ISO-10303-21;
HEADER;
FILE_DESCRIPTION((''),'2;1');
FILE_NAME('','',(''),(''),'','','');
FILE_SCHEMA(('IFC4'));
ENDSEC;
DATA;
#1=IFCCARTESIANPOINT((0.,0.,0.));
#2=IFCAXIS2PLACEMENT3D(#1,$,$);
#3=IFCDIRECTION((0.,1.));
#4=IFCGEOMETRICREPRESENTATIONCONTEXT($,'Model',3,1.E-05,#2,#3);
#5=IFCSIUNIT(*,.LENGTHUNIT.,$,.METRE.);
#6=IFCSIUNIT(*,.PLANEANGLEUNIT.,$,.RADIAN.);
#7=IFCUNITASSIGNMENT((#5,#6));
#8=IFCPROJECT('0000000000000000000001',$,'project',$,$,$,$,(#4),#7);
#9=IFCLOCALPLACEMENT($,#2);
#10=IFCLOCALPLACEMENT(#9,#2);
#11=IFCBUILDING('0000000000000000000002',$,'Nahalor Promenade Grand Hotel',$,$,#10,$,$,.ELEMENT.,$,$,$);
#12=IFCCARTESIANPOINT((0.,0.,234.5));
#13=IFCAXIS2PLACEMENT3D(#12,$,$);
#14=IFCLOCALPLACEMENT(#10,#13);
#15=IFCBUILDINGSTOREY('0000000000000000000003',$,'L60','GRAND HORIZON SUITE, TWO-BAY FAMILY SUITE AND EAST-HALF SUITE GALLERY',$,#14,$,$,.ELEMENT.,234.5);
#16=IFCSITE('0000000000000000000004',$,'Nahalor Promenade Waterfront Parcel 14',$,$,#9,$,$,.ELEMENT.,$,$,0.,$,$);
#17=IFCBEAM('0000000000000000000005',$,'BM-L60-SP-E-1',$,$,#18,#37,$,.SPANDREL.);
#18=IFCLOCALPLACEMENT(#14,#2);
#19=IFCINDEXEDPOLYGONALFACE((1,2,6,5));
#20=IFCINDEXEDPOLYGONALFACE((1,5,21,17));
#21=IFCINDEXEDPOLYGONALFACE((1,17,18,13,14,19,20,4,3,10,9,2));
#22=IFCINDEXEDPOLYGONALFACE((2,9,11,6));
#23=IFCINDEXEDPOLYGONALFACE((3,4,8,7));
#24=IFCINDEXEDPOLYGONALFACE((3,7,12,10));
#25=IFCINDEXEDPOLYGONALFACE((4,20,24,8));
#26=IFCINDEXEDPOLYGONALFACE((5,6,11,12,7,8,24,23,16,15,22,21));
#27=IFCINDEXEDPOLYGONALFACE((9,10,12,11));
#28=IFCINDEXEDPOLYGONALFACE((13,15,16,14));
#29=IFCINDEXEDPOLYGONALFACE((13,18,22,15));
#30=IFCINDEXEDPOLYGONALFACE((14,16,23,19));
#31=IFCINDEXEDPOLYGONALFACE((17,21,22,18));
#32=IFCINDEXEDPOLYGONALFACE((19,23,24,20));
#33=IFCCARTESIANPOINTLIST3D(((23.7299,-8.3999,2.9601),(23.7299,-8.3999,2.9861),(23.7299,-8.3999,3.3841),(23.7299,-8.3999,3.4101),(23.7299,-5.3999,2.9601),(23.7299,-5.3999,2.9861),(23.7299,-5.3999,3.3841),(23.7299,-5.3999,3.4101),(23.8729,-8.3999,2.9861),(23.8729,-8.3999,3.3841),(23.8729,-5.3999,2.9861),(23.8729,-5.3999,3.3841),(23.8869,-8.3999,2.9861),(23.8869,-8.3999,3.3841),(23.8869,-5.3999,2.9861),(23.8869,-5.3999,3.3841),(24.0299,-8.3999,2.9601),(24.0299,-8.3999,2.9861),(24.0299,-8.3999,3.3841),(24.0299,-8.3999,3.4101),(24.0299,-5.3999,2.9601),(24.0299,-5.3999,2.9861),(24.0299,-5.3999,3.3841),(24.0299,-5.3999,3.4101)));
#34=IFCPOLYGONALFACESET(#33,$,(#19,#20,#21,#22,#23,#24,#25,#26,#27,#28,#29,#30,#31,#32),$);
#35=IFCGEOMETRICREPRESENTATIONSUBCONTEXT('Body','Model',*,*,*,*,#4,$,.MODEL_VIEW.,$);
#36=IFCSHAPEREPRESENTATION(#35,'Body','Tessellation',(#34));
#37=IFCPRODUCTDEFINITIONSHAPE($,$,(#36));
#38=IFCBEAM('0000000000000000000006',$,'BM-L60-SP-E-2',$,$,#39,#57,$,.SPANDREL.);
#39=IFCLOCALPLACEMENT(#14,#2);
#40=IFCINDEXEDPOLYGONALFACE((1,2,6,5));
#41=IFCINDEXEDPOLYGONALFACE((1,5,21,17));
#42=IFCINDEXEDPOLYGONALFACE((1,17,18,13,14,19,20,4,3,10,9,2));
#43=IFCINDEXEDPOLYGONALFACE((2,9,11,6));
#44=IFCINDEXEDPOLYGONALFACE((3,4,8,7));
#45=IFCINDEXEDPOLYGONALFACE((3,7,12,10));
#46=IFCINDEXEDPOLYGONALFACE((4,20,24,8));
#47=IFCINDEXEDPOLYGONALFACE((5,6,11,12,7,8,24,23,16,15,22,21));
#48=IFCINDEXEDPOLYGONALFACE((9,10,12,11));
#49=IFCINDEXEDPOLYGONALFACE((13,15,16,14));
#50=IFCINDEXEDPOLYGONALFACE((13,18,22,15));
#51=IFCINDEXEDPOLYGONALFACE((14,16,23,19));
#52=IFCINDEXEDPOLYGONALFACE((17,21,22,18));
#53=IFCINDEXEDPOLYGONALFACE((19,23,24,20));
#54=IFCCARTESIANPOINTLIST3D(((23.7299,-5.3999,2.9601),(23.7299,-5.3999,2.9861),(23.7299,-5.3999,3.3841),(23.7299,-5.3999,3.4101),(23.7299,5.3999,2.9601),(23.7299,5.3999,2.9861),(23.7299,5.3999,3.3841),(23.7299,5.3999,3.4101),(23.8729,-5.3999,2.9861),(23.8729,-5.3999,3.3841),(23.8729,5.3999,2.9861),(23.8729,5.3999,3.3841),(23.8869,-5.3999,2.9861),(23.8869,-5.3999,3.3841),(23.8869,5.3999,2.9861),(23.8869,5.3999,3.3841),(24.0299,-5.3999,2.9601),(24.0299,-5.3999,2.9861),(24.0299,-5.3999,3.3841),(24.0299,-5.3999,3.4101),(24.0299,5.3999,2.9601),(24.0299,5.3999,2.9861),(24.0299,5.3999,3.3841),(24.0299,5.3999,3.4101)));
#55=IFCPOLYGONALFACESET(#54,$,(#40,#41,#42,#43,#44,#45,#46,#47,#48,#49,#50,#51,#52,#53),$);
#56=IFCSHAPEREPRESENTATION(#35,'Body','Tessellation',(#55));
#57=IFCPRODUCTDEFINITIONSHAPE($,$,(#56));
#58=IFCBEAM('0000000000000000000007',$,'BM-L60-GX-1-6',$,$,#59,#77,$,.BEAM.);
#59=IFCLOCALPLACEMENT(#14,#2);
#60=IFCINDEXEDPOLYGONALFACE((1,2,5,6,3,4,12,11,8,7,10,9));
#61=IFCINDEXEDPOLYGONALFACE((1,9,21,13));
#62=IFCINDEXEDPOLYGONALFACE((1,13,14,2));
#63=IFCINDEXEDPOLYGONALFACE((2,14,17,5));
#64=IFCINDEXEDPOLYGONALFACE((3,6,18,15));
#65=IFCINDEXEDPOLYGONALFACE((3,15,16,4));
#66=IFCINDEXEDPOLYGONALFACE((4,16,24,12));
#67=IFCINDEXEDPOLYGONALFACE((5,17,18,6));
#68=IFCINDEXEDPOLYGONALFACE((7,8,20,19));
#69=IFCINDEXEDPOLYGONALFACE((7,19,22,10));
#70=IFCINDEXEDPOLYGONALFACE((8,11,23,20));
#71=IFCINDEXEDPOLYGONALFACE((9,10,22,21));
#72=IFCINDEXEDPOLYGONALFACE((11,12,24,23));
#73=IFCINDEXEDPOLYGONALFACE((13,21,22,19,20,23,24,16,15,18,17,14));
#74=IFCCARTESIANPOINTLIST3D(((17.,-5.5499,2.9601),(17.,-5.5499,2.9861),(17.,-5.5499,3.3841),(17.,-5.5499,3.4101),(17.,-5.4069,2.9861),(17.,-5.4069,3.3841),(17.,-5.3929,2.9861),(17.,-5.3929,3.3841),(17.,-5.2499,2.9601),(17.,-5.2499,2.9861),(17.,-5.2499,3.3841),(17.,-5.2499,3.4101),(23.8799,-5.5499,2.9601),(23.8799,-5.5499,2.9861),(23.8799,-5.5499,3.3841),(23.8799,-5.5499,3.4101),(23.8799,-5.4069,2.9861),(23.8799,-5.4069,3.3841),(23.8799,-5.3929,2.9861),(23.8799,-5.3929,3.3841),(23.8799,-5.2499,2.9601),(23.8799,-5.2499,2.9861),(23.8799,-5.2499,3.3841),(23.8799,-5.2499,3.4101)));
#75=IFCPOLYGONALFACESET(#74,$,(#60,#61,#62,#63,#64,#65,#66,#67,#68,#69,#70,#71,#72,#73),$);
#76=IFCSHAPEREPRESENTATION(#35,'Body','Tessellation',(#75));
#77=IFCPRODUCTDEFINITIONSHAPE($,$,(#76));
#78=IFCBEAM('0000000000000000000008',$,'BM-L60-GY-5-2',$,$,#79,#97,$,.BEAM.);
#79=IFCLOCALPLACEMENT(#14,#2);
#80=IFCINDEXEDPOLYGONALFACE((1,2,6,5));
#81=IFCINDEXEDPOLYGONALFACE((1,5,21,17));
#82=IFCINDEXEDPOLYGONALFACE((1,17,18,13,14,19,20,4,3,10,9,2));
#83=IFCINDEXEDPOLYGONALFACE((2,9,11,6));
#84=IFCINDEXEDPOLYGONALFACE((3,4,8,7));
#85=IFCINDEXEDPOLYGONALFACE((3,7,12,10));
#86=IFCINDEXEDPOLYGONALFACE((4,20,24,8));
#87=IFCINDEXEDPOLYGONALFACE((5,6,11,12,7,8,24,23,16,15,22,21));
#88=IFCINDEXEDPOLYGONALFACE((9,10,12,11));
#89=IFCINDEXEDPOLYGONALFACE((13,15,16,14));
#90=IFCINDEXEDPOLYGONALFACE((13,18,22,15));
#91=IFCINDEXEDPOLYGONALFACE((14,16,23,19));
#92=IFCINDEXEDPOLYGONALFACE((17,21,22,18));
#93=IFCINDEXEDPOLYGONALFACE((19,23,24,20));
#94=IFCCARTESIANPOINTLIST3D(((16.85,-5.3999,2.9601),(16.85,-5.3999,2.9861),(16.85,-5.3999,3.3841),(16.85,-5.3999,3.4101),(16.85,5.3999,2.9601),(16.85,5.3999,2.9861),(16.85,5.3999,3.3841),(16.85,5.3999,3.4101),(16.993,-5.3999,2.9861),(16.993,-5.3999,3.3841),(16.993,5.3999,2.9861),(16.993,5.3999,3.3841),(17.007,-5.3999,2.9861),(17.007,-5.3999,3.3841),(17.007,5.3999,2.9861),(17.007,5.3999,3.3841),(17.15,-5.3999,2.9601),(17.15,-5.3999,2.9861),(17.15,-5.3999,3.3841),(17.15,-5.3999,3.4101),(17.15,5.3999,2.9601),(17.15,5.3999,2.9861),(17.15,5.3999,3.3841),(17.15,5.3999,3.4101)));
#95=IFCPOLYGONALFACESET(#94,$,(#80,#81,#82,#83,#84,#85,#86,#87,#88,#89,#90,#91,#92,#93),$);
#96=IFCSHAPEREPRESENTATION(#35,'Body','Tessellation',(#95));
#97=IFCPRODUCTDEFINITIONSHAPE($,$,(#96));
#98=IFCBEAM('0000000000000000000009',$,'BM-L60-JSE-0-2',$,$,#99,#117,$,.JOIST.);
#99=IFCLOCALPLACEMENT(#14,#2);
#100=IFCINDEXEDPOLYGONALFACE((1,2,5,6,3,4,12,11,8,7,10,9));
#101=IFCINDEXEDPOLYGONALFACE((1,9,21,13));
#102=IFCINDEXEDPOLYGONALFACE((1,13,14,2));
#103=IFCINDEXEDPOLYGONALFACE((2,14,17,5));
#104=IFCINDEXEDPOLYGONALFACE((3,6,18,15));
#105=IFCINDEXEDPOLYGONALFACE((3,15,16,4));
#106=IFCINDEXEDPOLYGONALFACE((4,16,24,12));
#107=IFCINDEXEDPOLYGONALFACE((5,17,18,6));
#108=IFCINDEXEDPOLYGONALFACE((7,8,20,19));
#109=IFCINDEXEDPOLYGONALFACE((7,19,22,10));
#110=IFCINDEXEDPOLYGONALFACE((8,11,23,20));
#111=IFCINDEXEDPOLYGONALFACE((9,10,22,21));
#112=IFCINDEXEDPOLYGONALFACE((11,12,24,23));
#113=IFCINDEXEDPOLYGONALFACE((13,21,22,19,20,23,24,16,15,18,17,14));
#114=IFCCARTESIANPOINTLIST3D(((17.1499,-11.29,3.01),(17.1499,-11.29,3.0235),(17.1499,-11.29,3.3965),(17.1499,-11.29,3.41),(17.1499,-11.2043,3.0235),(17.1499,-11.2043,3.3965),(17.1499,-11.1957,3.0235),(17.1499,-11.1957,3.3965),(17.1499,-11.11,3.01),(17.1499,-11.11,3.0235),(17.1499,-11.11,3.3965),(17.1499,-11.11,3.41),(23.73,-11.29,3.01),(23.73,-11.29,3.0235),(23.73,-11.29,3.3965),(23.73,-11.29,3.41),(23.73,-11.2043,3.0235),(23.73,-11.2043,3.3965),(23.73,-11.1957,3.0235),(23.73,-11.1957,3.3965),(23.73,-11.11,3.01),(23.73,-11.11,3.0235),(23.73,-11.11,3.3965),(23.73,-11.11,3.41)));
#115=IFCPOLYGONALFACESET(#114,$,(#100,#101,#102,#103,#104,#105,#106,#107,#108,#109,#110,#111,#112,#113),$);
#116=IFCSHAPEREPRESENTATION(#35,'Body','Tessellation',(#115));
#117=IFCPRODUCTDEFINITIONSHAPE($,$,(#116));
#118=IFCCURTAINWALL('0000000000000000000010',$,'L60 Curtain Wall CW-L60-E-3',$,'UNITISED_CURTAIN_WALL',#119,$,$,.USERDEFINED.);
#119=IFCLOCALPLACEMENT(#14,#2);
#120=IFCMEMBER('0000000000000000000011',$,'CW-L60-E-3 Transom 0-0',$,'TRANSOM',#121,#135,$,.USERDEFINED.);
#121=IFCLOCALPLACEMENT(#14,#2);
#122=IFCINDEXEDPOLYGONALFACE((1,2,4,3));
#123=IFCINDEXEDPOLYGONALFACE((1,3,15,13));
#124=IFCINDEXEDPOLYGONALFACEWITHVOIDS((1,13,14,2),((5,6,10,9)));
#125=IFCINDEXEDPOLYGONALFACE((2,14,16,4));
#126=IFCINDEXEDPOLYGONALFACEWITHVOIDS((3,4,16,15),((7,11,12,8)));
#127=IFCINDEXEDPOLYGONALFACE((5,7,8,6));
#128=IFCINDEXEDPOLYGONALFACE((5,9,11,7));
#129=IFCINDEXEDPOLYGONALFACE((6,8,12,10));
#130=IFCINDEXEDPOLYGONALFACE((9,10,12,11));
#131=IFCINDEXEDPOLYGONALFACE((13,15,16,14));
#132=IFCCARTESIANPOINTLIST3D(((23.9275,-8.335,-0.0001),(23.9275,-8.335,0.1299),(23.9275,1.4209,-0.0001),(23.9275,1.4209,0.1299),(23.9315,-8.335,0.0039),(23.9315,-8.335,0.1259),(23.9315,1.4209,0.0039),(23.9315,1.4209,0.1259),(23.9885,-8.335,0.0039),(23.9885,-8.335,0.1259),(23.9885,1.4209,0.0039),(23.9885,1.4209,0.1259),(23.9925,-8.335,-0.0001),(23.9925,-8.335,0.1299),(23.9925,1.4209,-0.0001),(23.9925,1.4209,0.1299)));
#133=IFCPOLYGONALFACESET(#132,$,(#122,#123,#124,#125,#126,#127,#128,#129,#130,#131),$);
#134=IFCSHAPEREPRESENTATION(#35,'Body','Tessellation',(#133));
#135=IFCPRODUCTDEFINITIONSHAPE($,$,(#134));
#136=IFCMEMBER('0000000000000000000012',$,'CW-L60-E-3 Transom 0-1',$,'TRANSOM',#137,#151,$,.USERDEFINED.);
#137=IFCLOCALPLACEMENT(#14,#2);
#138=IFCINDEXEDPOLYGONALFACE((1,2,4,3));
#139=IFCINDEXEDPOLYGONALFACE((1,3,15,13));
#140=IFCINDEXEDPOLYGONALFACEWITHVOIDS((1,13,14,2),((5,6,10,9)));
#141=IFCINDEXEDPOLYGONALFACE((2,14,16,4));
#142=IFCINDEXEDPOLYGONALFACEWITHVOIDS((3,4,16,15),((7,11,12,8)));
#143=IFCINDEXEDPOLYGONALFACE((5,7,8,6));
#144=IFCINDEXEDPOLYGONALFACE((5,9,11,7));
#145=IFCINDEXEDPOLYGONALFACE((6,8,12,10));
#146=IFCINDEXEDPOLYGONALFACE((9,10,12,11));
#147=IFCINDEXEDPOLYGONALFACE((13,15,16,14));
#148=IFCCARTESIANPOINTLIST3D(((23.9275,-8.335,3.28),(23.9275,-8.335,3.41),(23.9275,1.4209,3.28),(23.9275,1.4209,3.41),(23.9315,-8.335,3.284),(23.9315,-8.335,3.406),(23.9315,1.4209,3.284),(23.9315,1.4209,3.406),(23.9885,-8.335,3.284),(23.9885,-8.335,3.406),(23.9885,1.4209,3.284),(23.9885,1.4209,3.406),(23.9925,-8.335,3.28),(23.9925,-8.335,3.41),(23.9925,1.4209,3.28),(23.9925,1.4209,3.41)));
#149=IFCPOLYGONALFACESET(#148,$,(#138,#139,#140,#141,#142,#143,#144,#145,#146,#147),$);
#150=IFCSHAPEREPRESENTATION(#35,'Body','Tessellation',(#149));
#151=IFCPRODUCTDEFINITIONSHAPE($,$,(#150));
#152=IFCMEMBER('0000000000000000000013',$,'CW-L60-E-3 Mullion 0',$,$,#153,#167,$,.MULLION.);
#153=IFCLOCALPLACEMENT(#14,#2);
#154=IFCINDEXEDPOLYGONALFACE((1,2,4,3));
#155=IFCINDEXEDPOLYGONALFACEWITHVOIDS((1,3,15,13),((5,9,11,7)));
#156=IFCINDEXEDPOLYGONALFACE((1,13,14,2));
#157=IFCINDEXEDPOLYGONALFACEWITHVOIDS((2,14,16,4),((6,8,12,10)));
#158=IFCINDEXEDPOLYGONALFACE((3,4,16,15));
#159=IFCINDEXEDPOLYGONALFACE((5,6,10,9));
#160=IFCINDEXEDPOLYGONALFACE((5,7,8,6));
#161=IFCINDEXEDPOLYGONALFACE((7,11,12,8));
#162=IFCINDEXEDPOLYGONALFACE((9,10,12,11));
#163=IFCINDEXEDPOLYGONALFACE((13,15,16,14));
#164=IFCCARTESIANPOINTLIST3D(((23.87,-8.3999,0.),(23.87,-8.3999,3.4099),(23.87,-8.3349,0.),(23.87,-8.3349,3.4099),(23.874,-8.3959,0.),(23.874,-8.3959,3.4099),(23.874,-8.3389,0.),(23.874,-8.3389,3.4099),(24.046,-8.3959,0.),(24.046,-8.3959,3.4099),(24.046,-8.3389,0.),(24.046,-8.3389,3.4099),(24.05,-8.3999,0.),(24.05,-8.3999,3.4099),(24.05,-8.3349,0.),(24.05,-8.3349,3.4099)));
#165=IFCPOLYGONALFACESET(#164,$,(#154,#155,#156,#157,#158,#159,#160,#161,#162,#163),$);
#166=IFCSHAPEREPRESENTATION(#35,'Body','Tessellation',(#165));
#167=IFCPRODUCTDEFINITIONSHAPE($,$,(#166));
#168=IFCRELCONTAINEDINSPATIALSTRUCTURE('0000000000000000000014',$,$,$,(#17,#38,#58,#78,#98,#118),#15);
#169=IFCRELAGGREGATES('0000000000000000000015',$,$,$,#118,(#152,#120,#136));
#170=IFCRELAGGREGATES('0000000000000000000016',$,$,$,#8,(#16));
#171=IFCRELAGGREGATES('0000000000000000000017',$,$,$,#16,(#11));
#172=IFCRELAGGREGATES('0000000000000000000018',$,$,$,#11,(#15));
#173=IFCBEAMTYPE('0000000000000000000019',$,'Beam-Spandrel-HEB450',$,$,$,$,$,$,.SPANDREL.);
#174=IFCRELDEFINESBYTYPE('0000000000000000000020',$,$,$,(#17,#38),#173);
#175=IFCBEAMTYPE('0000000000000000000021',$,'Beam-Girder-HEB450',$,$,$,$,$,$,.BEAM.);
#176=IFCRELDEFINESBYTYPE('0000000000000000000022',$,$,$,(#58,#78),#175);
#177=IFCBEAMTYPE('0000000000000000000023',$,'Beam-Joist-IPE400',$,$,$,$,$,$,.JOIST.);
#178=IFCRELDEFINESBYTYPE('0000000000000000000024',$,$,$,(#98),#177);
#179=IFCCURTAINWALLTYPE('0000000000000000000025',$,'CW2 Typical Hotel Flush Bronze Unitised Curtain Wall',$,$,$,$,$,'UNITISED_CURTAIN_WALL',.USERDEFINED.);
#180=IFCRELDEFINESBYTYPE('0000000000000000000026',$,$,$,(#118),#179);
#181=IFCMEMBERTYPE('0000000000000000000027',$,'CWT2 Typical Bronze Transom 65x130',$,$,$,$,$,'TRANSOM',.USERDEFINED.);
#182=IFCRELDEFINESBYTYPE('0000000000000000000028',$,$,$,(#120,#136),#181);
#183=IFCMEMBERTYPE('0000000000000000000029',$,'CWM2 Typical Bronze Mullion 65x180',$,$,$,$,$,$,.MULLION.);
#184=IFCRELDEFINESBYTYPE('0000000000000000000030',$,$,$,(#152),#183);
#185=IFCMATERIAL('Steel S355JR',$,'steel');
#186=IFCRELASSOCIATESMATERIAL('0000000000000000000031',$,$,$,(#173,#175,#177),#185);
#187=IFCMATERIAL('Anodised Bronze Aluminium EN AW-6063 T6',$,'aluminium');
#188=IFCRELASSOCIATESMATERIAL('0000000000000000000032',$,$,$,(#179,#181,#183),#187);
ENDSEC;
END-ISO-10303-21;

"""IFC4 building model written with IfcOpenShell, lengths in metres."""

from ifc_helpers import new_model, si_unit, direction, frame, origin, origin_2d, place, context, subcontext, project, spatial, hollow_rectangle, i_section, extrude, source, transform, mapped, material, material_profile, profile_set, type_object, element, aggregate, save


model = new_model("IFC4")

# Units and contexts
model_context = context("Model", 3, precision=1e-05, world=origin(), true_north=direction((0.0, 1.0)))
body_context = subcontext(model_context, "Body", "Model", "MODEL_VIEW")
ifc_project = project(units=[si_unit("LENGTHUNIT", "METRE"), si_unit("PLANEANGLEUNIT", "RADIAN")], contexts=[model_context])

# Site, building, storey
site_placement = place(None, origin())
site = spatial("IfcSite", under=ifc_project, at=site_placement, Name="Nahalor Promenade Waterfront Parcel 14", CompositionType="ELEMENT", RefElevation=0.0)
building_placement = place(site_placement, origin())
building = spatial("IfcBuilding", under=site, at=building_placement, Name="Nahalor Promenade Grand Hotel", CompositionType="ELEMENT")
storey_placement = place(building_placement, frame((0.0, 0.0, 234.5)))
storey = spatial("IfcBuildingStorey", under=building, at=storey_placement, Name="L60", Description="GRAND HORIZON SUITE, TWO-BAY FAMILY SUITE AND EAST-HALF SUITE GALLERY", CompositionType="ELEMENT", Elevation=234.5)

# Shared definitions
ifc_material_1 = material(Name="Steel S355JR", Category="steel")

# Beams
ifc_material_profile_1 = material_profile(ifc_material_1, i_section(OverallWidth=0.3, OverallDepth=0.45, WebThickness=0.014, FlangeThickness=0.026, at=origin_2d()), Name="HEB 450")
ifc_profile_set_1 = profile_set([ifc_material_profile_1], Name="Steel S355JR")
beam_type_1 = type_object("IfcBeamType", Name="Beam-Spandrel-HEB450", PredefinedType="SPANDREL", material=ifc_profile_set_1)
shared_shape_1 = source(origin(), body_context, "Body", "SweptSolid", [
    extrude(i_section(OverallWidth=0.3, OverallDepth=0.45, WebThickness=0.014, FlangeThickness=0.026, at=origin_2d()), origin(), (0.0, 0.0, 1.0), 3.0),
])
beam_1_placement = place(storey_placement, frame((23.8799, -8.3999, 3.1851), z_axis=(0.0, 1.0, 0.0), x_axis=(-1.0, 0.0, 0.0)))
element("IfcBeam", 1, at=beam_1_placement, inside=storey, type_object=beam_type_1, Name="BM-L60-SP-E-1", PredefinedType="SPANDREL", context=body_context, shape_type="MappedRepresentation", body=[
    mapped(shared_shape_1, transform((0.0, 0.0, 0.0), scale=1.0)),
])
shared_shape_2 = source(origin(), body_context, "Body", "SweptSolid", [
    extrude(i_section(OverallWidth=0.3, OverallDepth=0.45, WebThickness=0.014, FlangeThickness=0.026, at=origin_2d()), origin(), (0.0, 0.0, 1.0), 10.7998),
])
beam_2_placement = place(storey_placement, frame((23.8799, -5.3999, 3.1851), z_axis=(0.0, 1.0, 0.0), x_axis=(-1.0, 0.0, 0.0)))
element("IfcBeam", 2, at=beam_2_placement, inside=storey, type_object=beam_type_1, Name="BM-L60-SP-E-2", PredefinedType="SPANDREL", context=body_context, shape_type="MappedRepresentation", body=[
    mapped(shared_shape_2, transform((0.0, 0.0, 0.0), scale=1.0)),
])
ifc_material_profile_2 = material_profile(ifc_material_1, i_section(OverallWidth=0.3, OverallDepth=0.45, WebThickness=0.014, FlangeThickness=0.026, at=origin_2d()), Name="HEB 450")
ifc_profile_set_2 = profile_set([ifc_material_profile_2], Name="Steel S355JR")
beam_type_2 = type_object("IfcBeamType", Name="Beam-Girder-HEB450", PredefinedType="BEAM", material=ifc_profile_set_2)
shared_shape_3 = source(origin(), body_context, "Body", "SweptSolid", [
    extrude(i_section(OverallWidth=0.3, OverallDepth=0.45, WebThickness=0.014, FlangeThickness=0.026, at=origin_2d()), origin(), (0.0, 0.0, 1.0), 6.8799),
])
beam_3_placement = place(storey_placement, frame((17.0, -5.3999, 3.1851), z_axis=(1.0, 0.0, 0.0), x_axis=(0.0, 1.0, 0.0)))
element("IfcBeam", 3, at=beam_3_placement, inside=storey, type_object=beam_type_2, Name="BM-L60-GX-1-6", PredefinedType="BEAM", context=body_context, shape_type="MappedRepresentation", body=[
    mapped(shared_shape_3, transform((0.0, 0.0, 0.0), scale=1.0)),
])
shared_shape_4 = source(origin(), body_context, "Body", "SweptSolid", [
    extrude(i_section(OverallWidth=0.3, OverallDepth=0.45, WebThickness=0.014, FlangeThickness=0.026, at=origin_2d()), origin(), (0.0, 0.0, 1.0), 10.7998),
])
beam_4_placement = place(storey_placement, frame((17.0, -5.3999, 3.1851), z_axis=(0.0, 1.0, 0.0), x_axis=(-1.0, 0.0, 0.0)))
element("IfcBeam", 4, at=beam_4_placement, inside=storey, type_object=beam_type_2, Name="BM-L60-GY-5-2", PredefinedType="BEAM", context=body_context, shape_type="MappedRepresentation", body=[
    mapped(shared_shape_4, transform((0.0, 0.0, 0.0), scale=1.0)),
])
ifc_material_profile_3 = material_profile(ifc_material_1, i_section(OverallWidth=0.18, OverallDepth=0.4, WebThickness=0.0086, FlangeThickness=0.0135, at=origin_2d()), Name="IPE 400")
ifc_profile_set_3 = profile_set([ifc_material_profile_3], Name="Steel S355JR")
beam_type_3 = type_object("IfcBeamType", Name="Beam-Joist-IPE400", PredefinedType="JOIST", material=ifc_profile_set_3)
shared_shape_5 = source(origin(), body_context, "Body", "SweptSolid", [
    extrude(i_section(OverallWidth=0.18, OverallDepth=0.4, WebThickness=0.0086, FlangeThickness=0.0135, at=origin_2d()), origin(), (0.0, 0.0, 1.0), 6.5801),
])
beam_5_placement = place(storey_placement, frame((17.1499, -11.2, 3.21), z_axis=(1.0, 0.0, 0.0), x_axis=(0.0, 1.0, 0.0)))
element("IfcBeam", 5, at=beam_5_placement, inside=storey, type_object=beam_type_3, Name="BM-L60-JSE-0-2", PredefinedType="JOIST", context=body_context, shape_type="MappedRepresentation", body=[
    mapped(shared_shape_5, transform((0.0, 0.0, 0.0), scale=1.0)),
])

# Curtain wall, members
ifc_material_2 = material(Name="Anodised Bronze Aluminium EN AW-6063 T6", Category="aluminium")
curtain_wall_type = type_object("IfcCurtainWallType", Name="CW2 Typical Hotel Flush Bronze Unitised Curtain Wall", ElementType="UNITISED_CURTAIN_WALL", PredefinedType="USERDEFINED", material=ifc_material_2)
curtain_wall_placement = place(storey_placement, origin())
curtain_wall = element("IfcCurtainWall", 6, at=curtain_wall_placement, inside=storey, type_object=curtain_wall_type, Name="L60 Curtain Wall CW-L60-E-3", ObjectType="UNITISED_CURTAIN_WALL", PredefinedType="USERDEFINED")
ifc_material_profile_4 = material_profile(ifc_material_2, hollow_rectangle(XDim=0.065, YDim=0.13, WallThickness=0.004, at=origin_2d()), Name="CWT 65x130x4")
ifc_profile_set_4 = profile_set([ifc_material_profile_4], Name="Anodised Bronze Aluminium EN AW-6063 T6")
member_type_1 = type_object("IfcMemberType", Name="CWT2 Typical Bronze Transom 65x130", ElementType="TRANSOM", PredefinedType="USERDEFINED", material=ifc_profile_set_4)
shared_shape_6 = source(origin(), body_context, "Body", "SweptSolid", [
    extrude(hollow_rectangle(XDim=0.065, YDim=0.13, WallThickness=0.004, at=origin_2d()), origin(), (0.0, 0.0, 1.0), 9.7559),
])
member_1_placement = place(storey_placement, frame((23.96, -8.335, 0.0649), z_axis=(0.0, 1.0, 0.0), x_axis=(-1.0, 0.0, 0.0)))
member_1 = element("IfcMember", 7, at=member_1_placement, type_object=member_type_1, Name="CW-L60-E-3 Transom 0-0", ObjectType="TRANSOM", PredefinedType="USERDEFINED", context=body_context, shape_type="MappedRepresentation", body=[
    mapped(shared_shape_6, transform((0.0, 0.0, 0.0), scale=1.0)),
])
member_2_placement = place(storey_placement, frame((23.96, -8.335, 3.345), z_axis=(0.0, 1.0, 0.0), x_axis=(-1.0, 0.0, 0.0)))
member_2 = element("IfcMember", 8, at=member_2_placement, type_object=member_type_1, Name="CW-L60-E-3 Transom 0-1", ObjectType="TRANSOM", PredefinedType="USERDEFINED", context=body_context, shape_type="MappedRepresentation", body=[
    mapped(shared_shape_6, transform((0.0, 0.0, 0.0), scale=1.0)),
])
ifc_material_profile_5 = material_profile(ifc_material_2, hollow_rectangle(XDim=0.065, YDim=0.18, WallThickness=0.004, at=origin_2d()), Name="CWM 65x180x4")
ifc_profile_set_5 = profile_set([ifc_material_profile_5], Name="Anodised Bronze Aluminium EN AW-6063 T6")
member_type_2 = type_object("IfcMemberType", Name="CWM2 Typical Bronze Mullion 65x180", PredefinedType="MULLION", material=ifc_profile_set_5)
shared_shape_7 = source(origin(), body_context, "Body", "SweptSolid", [
    extrude(hollow_rectangle(XDim=0.065, YDim=0.18, WallThickness=0.004, at=origin_2d()), origin(), (0.0, 0.0, 1.0), 3.4099),
])
member_3_placement = place(storey_placement, frame((23.96, -8.3674, 0.0), z_axis=(0.0, 0.0, 1.0), x_axis=(0.0, 1.0, 0.0)))
member_3 = element("IfcMember", 9, at=member_3_placement, type_object=member_type_2, Name="CW-L60-E-3 Mullion 0", PredefinedType="MULLION", context=body_context, shape_type="MappedRepresentation", body=[
    mapped(shared_shape_7, transform((0.0, 0.0, 0.0), scale=1.0)),
])
aggregate(curtain_wall, [member_3, member_1, member_2])

save(model, "model.ifc")
